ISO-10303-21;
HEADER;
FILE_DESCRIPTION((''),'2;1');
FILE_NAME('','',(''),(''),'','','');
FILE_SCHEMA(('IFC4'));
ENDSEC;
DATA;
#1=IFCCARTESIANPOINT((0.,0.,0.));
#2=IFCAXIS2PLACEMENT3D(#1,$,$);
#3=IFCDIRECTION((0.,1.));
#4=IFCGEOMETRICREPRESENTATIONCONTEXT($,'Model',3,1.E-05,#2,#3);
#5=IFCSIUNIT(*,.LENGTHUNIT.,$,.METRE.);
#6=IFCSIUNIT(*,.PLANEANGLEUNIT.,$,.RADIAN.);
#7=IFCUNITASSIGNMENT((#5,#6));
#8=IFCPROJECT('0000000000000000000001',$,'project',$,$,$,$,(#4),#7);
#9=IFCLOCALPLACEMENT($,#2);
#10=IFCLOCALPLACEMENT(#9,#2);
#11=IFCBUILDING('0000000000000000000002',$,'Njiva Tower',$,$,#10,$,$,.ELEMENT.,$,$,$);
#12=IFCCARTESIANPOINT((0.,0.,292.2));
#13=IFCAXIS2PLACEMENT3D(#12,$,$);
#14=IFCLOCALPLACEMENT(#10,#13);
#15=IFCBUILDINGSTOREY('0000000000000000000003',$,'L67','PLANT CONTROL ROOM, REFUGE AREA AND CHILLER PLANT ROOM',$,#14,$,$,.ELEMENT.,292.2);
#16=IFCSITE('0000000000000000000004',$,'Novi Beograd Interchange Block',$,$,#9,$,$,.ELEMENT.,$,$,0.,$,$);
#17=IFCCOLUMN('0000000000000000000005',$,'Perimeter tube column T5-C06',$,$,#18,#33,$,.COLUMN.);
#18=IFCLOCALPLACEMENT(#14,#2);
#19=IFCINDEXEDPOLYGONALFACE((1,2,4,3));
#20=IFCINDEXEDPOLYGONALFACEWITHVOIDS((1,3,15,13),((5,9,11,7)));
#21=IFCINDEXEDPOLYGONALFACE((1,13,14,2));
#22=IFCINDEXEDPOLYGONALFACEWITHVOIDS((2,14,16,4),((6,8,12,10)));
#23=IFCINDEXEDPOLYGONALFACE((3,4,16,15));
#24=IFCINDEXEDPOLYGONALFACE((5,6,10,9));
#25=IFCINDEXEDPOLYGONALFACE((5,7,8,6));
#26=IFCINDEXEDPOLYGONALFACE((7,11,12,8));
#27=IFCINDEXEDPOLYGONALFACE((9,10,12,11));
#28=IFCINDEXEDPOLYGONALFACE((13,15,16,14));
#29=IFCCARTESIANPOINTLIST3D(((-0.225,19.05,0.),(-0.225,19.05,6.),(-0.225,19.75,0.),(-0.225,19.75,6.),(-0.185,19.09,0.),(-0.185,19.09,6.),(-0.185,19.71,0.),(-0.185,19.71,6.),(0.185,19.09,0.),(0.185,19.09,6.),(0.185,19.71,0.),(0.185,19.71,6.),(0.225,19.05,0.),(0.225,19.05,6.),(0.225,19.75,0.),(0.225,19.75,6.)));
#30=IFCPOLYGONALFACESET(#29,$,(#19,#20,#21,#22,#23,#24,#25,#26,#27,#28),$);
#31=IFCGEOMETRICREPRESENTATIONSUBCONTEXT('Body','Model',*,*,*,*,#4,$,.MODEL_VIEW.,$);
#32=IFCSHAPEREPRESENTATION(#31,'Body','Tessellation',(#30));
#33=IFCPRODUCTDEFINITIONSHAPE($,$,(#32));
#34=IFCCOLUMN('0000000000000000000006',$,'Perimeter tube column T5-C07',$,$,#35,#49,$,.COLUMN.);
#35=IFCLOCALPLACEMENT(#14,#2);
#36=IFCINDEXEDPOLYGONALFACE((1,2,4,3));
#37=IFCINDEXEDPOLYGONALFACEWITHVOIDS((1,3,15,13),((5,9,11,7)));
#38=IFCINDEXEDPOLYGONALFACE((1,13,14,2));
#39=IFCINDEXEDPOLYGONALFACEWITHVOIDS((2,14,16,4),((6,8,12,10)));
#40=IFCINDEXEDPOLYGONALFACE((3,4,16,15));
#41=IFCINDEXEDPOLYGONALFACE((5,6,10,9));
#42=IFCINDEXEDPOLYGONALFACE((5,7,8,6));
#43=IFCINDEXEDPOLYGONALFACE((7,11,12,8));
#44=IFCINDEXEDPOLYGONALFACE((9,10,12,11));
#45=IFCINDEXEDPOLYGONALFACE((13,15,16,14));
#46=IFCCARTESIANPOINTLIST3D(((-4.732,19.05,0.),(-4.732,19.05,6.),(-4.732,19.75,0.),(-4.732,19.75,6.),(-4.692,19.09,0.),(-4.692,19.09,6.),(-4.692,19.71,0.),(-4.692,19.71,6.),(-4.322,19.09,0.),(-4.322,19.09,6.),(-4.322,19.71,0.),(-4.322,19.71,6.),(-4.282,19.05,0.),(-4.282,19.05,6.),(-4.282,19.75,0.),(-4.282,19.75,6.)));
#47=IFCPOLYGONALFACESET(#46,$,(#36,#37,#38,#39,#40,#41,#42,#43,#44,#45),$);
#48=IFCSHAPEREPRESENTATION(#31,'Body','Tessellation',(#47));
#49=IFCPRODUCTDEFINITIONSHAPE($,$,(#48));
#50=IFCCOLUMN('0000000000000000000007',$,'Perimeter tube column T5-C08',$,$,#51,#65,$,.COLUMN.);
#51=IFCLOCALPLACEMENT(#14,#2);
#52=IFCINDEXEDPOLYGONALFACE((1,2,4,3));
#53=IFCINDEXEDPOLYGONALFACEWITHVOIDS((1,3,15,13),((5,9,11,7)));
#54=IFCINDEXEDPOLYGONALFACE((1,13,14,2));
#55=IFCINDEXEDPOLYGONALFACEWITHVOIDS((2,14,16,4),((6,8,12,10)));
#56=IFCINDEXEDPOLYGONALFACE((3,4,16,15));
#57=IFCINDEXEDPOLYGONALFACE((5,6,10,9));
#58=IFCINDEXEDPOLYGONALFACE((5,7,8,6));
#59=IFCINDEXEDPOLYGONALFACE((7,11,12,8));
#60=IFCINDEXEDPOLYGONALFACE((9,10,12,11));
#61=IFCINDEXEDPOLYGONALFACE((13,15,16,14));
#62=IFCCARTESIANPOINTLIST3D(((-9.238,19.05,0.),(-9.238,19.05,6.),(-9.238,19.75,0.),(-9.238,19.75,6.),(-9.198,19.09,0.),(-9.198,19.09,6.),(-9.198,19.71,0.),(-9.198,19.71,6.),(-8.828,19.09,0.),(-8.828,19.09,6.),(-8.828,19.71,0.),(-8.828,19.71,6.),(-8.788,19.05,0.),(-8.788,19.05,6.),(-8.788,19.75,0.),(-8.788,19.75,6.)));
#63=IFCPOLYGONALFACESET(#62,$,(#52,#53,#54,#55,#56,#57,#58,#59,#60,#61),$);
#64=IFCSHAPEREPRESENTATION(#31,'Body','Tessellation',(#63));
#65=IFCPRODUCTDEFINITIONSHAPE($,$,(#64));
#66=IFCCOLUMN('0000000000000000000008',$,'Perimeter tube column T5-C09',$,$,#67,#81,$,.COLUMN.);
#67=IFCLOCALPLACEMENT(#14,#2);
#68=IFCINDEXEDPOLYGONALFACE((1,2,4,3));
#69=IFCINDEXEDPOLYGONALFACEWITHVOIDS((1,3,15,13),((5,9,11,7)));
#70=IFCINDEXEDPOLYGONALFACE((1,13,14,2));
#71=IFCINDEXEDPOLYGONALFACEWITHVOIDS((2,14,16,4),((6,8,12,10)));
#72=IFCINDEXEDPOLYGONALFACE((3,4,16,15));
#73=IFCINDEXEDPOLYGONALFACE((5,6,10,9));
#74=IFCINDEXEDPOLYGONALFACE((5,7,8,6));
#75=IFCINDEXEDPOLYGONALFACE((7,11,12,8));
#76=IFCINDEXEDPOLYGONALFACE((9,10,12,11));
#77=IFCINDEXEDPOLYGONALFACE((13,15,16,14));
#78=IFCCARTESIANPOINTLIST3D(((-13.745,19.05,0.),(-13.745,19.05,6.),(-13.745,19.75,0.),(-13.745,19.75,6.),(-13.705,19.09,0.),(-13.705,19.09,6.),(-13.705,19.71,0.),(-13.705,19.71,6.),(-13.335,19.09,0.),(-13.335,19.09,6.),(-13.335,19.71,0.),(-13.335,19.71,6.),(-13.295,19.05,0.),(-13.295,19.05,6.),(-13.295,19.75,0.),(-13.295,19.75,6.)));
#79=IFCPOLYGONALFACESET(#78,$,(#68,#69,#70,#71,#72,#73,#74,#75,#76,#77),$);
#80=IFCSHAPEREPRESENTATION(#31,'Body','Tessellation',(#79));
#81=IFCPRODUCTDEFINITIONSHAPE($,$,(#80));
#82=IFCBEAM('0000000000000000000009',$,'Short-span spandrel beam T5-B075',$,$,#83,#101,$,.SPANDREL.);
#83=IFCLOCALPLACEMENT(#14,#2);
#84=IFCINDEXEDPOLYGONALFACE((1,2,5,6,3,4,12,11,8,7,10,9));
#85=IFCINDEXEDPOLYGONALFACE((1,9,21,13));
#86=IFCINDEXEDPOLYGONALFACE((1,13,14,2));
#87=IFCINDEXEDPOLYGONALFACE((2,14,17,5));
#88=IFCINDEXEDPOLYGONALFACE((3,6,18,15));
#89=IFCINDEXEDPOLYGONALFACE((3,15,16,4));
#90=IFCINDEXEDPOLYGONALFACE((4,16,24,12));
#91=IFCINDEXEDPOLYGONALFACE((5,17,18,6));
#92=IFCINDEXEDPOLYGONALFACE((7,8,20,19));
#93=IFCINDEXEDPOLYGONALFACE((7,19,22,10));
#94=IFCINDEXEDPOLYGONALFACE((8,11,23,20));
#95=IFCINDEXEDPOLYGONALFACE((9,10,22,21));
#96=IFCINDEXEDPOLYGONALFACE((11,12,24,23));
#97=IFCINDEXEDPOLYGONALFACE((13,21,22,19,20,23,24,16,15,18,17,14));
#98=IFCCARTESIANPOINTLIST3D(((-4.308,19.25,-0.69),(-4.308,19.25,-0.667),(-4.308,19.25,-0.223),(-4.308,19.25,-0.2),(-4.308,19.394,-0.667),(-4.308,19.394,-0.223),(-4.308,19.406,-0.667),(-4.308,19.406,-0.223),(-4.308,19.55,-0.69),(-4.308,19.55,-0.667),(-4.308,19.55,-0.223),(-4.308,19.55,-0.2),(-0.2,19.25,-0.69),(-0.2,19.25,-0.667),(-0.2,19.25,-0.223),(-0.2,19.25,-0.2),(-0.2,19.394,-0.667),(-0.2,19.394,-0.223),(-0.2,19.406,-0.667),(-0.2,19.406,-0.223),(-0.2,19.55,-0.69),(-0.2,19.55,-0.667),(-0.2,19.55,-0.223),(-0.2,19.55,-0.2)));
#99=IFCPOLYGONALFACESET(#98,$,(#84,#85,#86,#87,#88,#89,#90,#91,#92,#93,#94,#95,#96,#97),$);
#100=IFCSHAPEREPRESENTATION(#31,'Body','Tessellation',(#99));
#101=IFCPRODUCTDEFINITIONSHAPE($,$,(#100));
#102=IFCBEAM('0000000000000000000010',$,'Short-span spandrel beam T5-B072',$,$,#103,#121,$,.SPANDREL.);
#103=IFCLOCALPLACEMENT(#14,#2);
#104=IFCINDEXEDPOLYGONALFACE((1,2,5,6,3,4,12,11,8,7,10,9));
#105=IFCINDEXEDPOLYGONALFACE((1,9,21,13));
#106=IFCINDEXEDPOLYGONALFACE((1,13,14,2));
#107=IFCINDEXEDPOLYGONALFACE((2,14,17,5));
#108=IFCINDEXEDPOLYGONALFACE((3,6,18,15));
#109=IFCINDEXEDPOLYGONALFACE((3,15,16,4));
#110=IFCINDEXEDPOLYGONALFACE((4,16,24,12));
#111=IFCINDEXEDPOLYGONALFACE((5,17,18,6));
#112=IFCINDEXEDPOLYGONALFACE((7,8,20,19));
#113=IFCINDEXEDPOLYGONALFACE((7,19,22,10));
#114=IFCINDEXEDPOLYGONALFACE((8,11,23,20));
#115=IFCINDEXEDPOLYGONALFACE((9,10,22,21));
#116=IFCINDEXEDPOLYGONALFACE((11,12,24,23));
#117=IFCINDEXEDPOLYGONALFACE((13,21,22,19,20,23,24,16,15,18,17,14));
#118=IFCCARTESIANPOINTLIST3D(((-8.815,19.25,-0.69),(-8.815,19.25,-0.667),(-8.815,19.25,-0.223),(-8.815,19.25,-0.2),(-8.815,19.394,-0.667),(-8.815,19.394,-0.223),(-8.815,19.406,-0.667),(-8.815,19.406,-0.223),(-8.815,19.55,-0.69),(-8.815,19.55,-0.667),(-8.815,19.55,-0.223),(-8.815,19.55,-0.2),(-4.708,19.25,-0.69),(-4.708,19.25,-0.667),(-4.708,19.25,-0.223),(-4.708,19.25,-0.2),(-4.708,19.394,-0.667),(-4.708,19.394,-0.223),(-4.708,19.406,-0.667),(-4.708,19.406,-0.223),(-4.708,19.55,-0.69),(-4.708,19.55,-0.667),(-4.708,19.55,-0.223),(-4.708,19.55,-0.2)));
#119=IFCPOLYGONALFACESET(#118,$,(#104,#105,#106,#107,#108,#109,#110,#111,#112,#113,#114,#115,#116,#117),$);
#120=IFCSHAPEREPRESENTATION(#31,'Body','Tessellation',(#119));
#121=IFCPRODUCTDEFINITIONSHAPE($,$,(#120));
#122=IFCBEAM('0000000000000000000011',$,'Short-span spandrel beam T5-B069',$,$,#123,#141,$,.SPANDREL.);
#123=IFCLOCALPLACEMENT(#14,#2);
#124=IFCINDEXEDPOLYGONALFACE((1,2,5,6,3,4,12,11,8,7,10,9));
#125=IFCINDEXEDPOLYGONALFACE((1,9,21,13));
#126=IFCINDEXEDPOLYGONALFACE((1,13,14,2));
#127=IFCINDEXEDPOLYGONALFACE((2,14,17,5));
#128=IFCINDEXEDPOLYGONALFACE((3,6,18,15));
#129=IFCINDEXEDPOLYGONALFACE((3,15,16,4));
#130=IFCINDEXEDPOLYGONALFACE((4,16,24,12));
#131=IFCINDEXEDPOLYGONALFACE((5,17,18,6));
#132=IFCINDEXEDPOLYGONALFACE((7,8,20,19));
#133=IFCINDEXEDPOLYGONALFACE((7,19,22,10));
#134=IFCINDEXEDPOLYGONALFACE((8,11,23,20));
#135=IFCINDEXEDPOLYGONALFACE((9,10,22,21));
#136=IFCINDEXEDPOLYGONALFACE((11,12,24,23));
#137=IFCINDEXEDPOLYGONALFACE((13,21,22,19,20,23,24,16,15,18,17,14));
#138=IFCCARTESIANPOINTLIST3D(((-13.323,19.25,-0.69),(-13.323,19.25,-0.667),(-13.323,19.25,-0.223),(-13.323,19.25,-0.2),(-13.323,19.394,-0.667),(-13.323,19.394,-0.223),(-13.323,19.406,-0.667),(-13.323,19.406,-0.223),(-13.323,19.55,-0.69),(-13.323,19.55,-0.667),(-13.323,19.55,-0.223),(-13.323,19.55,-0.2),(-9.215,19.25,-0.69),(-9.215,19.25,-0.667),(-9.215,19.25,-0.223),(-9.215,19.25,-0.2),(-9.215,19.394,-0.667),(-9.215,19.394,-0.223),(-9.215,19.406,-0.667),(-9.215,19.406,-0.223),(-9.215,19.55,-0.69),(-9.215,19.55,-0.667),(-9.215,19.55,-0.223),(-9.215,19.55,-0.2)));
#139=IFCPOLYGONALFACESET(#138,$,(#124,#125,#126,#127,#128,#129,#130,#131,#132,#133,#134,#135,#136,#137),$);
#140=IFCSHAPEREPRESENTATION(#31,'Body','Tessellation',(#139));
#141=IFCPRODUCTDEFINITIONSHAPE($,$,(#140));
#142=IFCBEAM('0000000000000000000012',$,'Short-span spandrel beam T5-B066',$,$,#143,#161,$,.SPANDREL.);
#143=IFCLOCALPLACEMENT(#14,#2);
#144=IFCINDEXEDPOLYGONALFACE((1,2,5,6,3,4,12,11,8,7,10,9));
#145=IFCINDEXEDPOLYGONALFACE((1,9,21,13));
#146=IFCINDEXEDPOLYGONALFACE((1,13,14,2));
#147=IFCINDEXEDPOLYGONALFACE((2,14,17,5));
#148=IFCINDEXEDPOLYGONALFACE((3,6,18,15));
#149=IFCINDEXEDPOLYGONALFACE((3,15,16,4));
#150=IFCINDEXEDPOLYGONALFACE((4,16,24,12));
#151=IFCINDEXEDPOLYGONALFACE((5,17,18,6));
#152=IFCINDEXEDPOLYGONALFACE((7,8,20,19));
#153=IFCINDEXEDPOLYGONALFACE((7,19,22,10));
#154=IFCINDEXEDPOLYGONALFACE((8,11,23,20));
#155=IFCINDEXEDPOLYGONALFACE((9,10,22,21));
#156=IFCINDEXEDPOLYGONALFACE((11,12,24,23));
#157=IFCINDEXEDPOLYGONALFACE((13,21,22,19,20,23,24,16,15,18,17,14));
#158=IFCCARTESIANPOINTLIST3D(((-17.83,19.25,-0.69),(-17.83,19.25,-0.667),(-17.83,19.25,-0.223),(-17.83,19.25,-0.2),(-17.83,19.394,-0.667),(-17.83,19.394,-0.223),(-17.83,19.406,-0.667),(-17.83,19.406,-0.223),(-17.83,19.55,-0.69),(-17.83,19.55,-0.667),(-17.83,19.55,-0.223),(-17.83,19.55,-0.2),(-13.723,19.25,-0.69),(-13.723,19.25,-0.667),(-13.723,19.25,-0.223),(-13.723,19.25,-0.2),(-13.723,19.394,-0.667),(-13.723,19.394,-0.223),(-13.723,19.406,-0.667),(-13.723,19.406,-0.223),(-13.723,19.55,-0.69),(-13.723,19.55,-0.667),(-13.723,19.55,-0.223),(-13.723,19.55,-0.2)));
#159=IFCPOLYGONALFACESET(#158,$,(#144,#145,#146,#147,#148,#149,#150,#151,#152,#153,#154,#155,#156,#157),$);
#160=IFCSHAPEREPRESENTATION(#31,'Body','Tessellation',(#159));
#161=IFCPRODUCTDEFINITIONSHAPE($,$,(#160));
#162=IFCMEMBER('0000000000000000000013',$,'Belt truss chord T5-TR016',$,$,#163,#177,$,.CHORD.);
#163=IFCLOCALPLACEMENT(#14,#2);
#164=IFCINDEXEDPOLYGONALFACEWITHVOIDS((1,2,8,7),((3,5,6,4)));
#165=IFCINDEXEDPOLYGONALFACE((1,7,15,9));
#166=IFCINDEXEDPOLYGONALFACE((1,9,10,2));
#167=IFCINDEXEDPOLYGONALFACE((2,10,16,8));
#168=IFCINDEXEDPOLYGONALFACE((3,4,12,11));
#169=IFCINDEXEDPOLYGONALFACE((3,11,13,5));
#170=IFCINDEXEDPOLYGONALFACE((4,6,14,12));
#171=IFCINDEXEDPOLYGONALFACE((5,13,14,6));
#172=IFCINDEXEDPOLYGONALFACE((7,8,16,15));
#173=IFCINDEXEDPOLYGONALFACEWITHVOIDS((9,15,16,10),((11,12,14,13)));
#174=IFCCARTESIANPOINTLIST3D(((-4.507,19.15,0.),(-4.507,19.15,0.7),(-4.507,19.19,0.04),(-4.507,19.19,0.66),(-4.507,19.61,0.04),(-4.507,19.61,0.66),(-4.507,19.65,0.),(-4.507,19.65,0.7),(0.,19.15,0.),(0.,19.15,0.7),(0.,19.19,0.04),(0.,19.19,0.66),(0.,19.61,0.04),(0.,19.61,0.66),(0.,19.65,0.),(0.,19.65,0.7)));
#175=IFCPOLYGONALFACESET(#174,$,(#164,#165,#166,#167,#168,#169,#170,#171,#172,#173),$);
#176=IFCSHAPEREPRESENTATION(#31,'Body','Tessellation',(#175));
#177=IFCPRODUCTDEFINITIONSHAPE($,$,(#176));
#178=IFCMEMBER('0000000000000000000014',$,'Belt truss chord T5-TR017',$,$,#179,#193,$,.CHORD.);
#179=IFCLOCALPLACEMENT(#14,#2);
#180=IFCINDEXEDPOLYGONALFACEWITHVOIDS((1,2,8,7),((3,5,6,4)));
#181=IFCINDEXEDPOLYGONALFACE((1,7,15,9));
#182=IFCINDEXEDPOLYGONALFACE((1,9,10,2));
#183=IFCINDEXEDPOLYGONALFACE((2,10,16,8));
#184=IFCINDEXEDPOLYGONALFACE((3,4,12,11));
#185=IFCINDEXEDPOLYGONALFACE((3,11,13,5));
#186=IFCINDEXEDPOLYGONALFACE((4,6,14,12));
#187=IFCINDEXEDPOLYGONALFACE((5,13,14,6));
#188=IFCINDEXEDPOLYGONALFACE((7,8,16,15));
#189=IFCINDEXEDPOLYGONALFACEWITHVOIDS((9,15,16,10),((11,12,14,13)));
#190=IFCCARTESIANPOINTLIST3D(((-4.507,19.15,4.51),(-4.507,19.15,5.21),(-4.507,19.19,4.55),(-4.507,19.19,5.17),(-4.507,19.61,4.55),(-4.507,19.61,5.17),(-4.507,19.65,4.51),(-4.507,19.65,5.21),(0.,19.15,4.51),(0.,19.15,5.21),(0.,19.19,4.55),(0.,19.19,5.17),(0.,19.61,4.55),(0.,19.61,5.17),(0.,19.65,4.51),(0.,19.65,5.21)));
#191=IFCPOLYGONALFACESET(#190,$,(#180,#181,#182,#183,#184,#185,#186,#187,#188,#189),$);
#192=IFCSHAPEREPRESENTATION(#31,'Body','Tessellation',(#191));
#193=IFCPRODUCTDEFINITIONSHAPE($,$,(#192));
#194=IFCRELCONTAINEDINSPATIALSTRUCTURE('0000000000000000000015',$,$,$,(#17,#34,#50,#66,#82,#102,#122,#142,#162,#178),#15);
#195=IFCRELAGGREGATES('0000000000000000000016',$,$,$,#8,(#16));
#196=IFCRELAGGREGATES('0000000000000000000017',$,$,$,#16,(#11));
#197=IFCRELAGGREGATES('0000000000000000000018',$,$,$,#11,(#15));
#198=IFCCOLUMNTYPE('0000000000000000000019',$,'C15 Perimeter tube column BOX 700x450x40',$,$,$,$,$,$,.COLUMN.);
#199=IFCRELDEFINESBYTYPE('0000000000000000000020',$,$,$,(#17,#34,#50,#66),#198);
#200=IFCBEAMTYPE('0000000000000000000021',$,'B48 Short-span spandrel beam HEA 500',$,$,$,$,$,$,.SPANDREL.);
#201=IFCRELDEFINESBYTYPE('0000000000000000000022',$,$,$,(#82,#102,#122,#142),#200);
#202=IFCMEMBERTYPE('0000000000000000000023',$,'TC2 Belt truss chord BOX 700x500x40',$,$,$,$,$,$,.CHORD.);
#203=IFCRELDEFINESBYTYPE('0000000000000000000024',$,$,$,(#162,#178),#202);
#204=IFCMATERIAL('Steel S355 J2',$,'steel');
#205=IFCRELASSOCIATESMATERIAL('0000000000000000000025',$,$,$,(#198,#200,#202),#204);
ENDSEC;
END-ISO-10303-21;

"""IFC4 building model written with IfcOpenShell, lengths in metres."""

from ifc_helpers import new_model, si_unit, direction, frame, origin, origin_2d, place, context, subcontext, project, spatial, hollow_rectangle, i_section, extrude, material, material_profile, profile_set, type_object, element, save


model = new_model("IFC4")

# Units and contexts
model_context = context("Model", 3, precision=1e-05, world=origin(), true_north=direction((0.0, 1.0)))
body_context = subcontext(model_context, "Body", "Model", "MODEL_VIEW")
ifc_project = project(units=[si_unit("LENGTHUNIT", "METRE"), si_unit("PLANEANGLEUNIT", "RADIAN")], contexts=[model_context])

# Site, building, storey
site_placement = place(None, origin())
site = spatial("IfcSite", under=ifc_project, at=site_placement, Name="Novi Beograd Interchange Block", CompositionType="ELEMENT", RefElevation=0.0)
building_placement = place(site_placement, origin())
building = spatial("IfcBuilding", under=site, at=building_placement, Name="Njiva Tower", CompositionType="ELEMENT")
storey_placement = place(building_placement, frame((0.0, 0.0, 292.2)))
storey = spatial("IfcBuildingStorey", under=building, at=storey_placement, Name="L67", Description="PLANT CONTROL ROOM, REFUGE AREA AND CHILLER PLANT ROOM", CompositionType="ELEMENT", Elevation=292.2)

# Columns
ifc_material_1 = material(Name="Steel S355 J2", Category="steel")
ifc_material_profile_1 = material_profile(ifc_material_1, hollow_rectangle(XDim=0.45, YDim=0.7, WallThickness=0.04, at=origin_2d()), Name="BOX 700x450x40")
ifc_profile_set_1 = profile_set([ifc_material_profile_1], Name="Steel S355 J2")
column_type = type_object("IfcColumnType", Name="C15 Perimeter tube column BOX 700x450x40", PredefinedType="COLUMN", material=ifc_profile_set_1)
for number, where, z_axis, x_axis, name in (
    (1, (0.0, 19.4, 0.0), (0.0, 0.0, 1.0), (-1.0, 0.0, 0.0), "Perimeter tube column T5-C06"),
    (2, (-4.507, 19.4, 0.0), (0.0, 0.0, 1.0), (-1.0, 0.0, 0.0), "Perimeter tube column T5-C07"),
    (3, (-9.013, 19.4, 0.0), (0.0, 0.0, 1.0), (-1.0, 0.0, 0.0), "Perimeter tube column T5-C08"),
    (4, (-13.52, 19.4, 0.0), (0.0, 0.0, 1.0), (-1.0, 0.0, 0.0), "Perimeter tube column T5-C09"),
):
    element("IfcColumn", number, at=place(storey_placement, frame(where, z_axis=z_axis, x_axis=x_axis)), inside=storey, type_object=column_type, Name=name, PredefinedType="COLUMN", context=body_context, shape_type="SweptSolid", body=[
        extrude(hollow_rectangle(XDim=0.45, YDim=0.7, WallThickness=0.04, at=origin_2d()), origin(), (0.0, 0.0, 1.0), 6.0),
    ])

# Beams
ifc_material_profile_2 = material_profile(ifc_material_1, i_section(OverallWidth=0.3, OverallDepth=0.49, WebThickness=0.012, FlangeThickness=0.023, at=origin_2d()), Name="HEA 500")
ifc_profile_set_2 = profile_set([ifc_material_profile_2], Name="Steel S355 J2")
beam_type = type_object("IfcBeamType", Name="B48 Short-span spandrel beam HEA 500", PredefinedType="SPANDREL", material=ifc_profile_set_2)
beam_1_placement = place(storey_placement, frame((-0.2, 19.4, -0.445), z_axis=(-1.0, 0.0, 0.0), x_axis=(0.0, -1.0, 0.0)))
element("IfcBeam", 5, at=beam_1_placement, inside=storey, type_object=beam_type, Name="Short-span spandrel beam T5-B075", PredefinedType="SPANDREL", context=body_context, shape_type="SweptSolid", body=[
    extrude(i_section(OverallWidth=0.3, OverallDepth=0.49, WebThickness=0.012, FlangeThickness=0.023, at=origin_2d()), origin(), (0.0, 0.0, 1.0), 4.108),
])
beam_2_placement = place(storey_placement, frame((-4.708, 19.4, -0.445), z_axis=(-1.0, 0.0, 0.0), x_axis=(0.0, -1.0, 0.0)))
element("IfcBeam", 6, at=beam_2_placement, inside=storey, type_object=beam_type, Name="Short-span spandrel beam T5-B072", PredefinedType="SPANDREL", context=body_context, shape_type="SweptSolid", body=[
    extrude(i_section(OverallWidth=0.3, OverallDepth=0.49, WebThickness=0.012, FlangeThickness=0.023, at=origin_2d()), origin(), (0.0, 0.0, 1.0), 4.107),
])
beam_3_placement = place(storey_placement, frame((-9.215, 19.4, -0.445), z_axis=(-1.0, 0.0, 0.0), x_axis=(0.0, -1.0, 0.0)))
element("IfcBeam", 7, at=beam_3_placement, inside=storey, type_object=beam_type, Name="Short-span spandrel beam T5-B069", PredefinedType="SPANDREL", context=body_context, shape_type="SweptSolid", body=[
    extrude(i_section(OverallWidth=0.3, OverallDepth=0.49, WebThickness=0.012, FlangeThickness=0.023, at=origin_2d()), origin(), (0.0, 0.0, 1.0), 4.108),
])
beam_4_placement = place(storey_placement, frame((-13.723, 19.4, -0.445), z_axis=(-1.0, 0.0, 0.0), x_axis=(0.0, -1.0, 0.0)))
element("IfcBeam", 8, at=beam_4_placement, inside=storey, type_object=beam_type, Name="Short-span spandrel beam T5-B066", PredefinedType="SPANDREL", context=body_context, shape_type="SweptSolid", body=[
    extrude(i_section(OverallWidth=0.3, OverallDepth=0.49, WebThickness=0.012, FlangeThickness=0.023, at=origin_2d()), origin(), (0.0, 0.0, 1.0), 4.107),
])

# Members
ifc_material_profile_3 = material_profile(ifc_material_1, hollow_rectangle(XDim=0.5, YDim=0.7, WallThickness=0.04, at=origin_2d()), Name="BOX 700x500x40")
ifc_profile_set_3 = profile_set([ifc_material_profile_3], Name="Steel S355 J2")
member_type_1 = type_object("IfcMemberType", Name="TC2 Belt truss chord BOX 700x500x40", PredefinedType="CHORD", material=ifc_profile_set_3)
for number, where, z_axis, x_axis, name in (
    (9, (0.0, 19.4, 0.35), (-1.0, 0.0, 0.0), (0.0, -1.0, 0.0), "Belt truss chord T5-TR016"),
    (10, (0.0, 19.4, 4.86), (-1.0, 0.0, 0.0), (0.0, -1.0, 0.0), "Belt truss chord T5-TR017"),
):
    element("IfcMember", number, at=place(storey_placement, frame(where, z_axis=z_axis, x_axis=x_axis)), inside=storey, type_object=member_type_1, Name=name, PredefinedType="CHORD", context=body_context, shape_type="SweptSolid", body=[
        extrude(hollow_rectangle(XDim=0.5, YDim=0.7, WallThickness=0.04, at=origin_2d()), origin(), (0.0, 0.0, 1.0), 4.507),
    ])

save(model, "model.ifc")
